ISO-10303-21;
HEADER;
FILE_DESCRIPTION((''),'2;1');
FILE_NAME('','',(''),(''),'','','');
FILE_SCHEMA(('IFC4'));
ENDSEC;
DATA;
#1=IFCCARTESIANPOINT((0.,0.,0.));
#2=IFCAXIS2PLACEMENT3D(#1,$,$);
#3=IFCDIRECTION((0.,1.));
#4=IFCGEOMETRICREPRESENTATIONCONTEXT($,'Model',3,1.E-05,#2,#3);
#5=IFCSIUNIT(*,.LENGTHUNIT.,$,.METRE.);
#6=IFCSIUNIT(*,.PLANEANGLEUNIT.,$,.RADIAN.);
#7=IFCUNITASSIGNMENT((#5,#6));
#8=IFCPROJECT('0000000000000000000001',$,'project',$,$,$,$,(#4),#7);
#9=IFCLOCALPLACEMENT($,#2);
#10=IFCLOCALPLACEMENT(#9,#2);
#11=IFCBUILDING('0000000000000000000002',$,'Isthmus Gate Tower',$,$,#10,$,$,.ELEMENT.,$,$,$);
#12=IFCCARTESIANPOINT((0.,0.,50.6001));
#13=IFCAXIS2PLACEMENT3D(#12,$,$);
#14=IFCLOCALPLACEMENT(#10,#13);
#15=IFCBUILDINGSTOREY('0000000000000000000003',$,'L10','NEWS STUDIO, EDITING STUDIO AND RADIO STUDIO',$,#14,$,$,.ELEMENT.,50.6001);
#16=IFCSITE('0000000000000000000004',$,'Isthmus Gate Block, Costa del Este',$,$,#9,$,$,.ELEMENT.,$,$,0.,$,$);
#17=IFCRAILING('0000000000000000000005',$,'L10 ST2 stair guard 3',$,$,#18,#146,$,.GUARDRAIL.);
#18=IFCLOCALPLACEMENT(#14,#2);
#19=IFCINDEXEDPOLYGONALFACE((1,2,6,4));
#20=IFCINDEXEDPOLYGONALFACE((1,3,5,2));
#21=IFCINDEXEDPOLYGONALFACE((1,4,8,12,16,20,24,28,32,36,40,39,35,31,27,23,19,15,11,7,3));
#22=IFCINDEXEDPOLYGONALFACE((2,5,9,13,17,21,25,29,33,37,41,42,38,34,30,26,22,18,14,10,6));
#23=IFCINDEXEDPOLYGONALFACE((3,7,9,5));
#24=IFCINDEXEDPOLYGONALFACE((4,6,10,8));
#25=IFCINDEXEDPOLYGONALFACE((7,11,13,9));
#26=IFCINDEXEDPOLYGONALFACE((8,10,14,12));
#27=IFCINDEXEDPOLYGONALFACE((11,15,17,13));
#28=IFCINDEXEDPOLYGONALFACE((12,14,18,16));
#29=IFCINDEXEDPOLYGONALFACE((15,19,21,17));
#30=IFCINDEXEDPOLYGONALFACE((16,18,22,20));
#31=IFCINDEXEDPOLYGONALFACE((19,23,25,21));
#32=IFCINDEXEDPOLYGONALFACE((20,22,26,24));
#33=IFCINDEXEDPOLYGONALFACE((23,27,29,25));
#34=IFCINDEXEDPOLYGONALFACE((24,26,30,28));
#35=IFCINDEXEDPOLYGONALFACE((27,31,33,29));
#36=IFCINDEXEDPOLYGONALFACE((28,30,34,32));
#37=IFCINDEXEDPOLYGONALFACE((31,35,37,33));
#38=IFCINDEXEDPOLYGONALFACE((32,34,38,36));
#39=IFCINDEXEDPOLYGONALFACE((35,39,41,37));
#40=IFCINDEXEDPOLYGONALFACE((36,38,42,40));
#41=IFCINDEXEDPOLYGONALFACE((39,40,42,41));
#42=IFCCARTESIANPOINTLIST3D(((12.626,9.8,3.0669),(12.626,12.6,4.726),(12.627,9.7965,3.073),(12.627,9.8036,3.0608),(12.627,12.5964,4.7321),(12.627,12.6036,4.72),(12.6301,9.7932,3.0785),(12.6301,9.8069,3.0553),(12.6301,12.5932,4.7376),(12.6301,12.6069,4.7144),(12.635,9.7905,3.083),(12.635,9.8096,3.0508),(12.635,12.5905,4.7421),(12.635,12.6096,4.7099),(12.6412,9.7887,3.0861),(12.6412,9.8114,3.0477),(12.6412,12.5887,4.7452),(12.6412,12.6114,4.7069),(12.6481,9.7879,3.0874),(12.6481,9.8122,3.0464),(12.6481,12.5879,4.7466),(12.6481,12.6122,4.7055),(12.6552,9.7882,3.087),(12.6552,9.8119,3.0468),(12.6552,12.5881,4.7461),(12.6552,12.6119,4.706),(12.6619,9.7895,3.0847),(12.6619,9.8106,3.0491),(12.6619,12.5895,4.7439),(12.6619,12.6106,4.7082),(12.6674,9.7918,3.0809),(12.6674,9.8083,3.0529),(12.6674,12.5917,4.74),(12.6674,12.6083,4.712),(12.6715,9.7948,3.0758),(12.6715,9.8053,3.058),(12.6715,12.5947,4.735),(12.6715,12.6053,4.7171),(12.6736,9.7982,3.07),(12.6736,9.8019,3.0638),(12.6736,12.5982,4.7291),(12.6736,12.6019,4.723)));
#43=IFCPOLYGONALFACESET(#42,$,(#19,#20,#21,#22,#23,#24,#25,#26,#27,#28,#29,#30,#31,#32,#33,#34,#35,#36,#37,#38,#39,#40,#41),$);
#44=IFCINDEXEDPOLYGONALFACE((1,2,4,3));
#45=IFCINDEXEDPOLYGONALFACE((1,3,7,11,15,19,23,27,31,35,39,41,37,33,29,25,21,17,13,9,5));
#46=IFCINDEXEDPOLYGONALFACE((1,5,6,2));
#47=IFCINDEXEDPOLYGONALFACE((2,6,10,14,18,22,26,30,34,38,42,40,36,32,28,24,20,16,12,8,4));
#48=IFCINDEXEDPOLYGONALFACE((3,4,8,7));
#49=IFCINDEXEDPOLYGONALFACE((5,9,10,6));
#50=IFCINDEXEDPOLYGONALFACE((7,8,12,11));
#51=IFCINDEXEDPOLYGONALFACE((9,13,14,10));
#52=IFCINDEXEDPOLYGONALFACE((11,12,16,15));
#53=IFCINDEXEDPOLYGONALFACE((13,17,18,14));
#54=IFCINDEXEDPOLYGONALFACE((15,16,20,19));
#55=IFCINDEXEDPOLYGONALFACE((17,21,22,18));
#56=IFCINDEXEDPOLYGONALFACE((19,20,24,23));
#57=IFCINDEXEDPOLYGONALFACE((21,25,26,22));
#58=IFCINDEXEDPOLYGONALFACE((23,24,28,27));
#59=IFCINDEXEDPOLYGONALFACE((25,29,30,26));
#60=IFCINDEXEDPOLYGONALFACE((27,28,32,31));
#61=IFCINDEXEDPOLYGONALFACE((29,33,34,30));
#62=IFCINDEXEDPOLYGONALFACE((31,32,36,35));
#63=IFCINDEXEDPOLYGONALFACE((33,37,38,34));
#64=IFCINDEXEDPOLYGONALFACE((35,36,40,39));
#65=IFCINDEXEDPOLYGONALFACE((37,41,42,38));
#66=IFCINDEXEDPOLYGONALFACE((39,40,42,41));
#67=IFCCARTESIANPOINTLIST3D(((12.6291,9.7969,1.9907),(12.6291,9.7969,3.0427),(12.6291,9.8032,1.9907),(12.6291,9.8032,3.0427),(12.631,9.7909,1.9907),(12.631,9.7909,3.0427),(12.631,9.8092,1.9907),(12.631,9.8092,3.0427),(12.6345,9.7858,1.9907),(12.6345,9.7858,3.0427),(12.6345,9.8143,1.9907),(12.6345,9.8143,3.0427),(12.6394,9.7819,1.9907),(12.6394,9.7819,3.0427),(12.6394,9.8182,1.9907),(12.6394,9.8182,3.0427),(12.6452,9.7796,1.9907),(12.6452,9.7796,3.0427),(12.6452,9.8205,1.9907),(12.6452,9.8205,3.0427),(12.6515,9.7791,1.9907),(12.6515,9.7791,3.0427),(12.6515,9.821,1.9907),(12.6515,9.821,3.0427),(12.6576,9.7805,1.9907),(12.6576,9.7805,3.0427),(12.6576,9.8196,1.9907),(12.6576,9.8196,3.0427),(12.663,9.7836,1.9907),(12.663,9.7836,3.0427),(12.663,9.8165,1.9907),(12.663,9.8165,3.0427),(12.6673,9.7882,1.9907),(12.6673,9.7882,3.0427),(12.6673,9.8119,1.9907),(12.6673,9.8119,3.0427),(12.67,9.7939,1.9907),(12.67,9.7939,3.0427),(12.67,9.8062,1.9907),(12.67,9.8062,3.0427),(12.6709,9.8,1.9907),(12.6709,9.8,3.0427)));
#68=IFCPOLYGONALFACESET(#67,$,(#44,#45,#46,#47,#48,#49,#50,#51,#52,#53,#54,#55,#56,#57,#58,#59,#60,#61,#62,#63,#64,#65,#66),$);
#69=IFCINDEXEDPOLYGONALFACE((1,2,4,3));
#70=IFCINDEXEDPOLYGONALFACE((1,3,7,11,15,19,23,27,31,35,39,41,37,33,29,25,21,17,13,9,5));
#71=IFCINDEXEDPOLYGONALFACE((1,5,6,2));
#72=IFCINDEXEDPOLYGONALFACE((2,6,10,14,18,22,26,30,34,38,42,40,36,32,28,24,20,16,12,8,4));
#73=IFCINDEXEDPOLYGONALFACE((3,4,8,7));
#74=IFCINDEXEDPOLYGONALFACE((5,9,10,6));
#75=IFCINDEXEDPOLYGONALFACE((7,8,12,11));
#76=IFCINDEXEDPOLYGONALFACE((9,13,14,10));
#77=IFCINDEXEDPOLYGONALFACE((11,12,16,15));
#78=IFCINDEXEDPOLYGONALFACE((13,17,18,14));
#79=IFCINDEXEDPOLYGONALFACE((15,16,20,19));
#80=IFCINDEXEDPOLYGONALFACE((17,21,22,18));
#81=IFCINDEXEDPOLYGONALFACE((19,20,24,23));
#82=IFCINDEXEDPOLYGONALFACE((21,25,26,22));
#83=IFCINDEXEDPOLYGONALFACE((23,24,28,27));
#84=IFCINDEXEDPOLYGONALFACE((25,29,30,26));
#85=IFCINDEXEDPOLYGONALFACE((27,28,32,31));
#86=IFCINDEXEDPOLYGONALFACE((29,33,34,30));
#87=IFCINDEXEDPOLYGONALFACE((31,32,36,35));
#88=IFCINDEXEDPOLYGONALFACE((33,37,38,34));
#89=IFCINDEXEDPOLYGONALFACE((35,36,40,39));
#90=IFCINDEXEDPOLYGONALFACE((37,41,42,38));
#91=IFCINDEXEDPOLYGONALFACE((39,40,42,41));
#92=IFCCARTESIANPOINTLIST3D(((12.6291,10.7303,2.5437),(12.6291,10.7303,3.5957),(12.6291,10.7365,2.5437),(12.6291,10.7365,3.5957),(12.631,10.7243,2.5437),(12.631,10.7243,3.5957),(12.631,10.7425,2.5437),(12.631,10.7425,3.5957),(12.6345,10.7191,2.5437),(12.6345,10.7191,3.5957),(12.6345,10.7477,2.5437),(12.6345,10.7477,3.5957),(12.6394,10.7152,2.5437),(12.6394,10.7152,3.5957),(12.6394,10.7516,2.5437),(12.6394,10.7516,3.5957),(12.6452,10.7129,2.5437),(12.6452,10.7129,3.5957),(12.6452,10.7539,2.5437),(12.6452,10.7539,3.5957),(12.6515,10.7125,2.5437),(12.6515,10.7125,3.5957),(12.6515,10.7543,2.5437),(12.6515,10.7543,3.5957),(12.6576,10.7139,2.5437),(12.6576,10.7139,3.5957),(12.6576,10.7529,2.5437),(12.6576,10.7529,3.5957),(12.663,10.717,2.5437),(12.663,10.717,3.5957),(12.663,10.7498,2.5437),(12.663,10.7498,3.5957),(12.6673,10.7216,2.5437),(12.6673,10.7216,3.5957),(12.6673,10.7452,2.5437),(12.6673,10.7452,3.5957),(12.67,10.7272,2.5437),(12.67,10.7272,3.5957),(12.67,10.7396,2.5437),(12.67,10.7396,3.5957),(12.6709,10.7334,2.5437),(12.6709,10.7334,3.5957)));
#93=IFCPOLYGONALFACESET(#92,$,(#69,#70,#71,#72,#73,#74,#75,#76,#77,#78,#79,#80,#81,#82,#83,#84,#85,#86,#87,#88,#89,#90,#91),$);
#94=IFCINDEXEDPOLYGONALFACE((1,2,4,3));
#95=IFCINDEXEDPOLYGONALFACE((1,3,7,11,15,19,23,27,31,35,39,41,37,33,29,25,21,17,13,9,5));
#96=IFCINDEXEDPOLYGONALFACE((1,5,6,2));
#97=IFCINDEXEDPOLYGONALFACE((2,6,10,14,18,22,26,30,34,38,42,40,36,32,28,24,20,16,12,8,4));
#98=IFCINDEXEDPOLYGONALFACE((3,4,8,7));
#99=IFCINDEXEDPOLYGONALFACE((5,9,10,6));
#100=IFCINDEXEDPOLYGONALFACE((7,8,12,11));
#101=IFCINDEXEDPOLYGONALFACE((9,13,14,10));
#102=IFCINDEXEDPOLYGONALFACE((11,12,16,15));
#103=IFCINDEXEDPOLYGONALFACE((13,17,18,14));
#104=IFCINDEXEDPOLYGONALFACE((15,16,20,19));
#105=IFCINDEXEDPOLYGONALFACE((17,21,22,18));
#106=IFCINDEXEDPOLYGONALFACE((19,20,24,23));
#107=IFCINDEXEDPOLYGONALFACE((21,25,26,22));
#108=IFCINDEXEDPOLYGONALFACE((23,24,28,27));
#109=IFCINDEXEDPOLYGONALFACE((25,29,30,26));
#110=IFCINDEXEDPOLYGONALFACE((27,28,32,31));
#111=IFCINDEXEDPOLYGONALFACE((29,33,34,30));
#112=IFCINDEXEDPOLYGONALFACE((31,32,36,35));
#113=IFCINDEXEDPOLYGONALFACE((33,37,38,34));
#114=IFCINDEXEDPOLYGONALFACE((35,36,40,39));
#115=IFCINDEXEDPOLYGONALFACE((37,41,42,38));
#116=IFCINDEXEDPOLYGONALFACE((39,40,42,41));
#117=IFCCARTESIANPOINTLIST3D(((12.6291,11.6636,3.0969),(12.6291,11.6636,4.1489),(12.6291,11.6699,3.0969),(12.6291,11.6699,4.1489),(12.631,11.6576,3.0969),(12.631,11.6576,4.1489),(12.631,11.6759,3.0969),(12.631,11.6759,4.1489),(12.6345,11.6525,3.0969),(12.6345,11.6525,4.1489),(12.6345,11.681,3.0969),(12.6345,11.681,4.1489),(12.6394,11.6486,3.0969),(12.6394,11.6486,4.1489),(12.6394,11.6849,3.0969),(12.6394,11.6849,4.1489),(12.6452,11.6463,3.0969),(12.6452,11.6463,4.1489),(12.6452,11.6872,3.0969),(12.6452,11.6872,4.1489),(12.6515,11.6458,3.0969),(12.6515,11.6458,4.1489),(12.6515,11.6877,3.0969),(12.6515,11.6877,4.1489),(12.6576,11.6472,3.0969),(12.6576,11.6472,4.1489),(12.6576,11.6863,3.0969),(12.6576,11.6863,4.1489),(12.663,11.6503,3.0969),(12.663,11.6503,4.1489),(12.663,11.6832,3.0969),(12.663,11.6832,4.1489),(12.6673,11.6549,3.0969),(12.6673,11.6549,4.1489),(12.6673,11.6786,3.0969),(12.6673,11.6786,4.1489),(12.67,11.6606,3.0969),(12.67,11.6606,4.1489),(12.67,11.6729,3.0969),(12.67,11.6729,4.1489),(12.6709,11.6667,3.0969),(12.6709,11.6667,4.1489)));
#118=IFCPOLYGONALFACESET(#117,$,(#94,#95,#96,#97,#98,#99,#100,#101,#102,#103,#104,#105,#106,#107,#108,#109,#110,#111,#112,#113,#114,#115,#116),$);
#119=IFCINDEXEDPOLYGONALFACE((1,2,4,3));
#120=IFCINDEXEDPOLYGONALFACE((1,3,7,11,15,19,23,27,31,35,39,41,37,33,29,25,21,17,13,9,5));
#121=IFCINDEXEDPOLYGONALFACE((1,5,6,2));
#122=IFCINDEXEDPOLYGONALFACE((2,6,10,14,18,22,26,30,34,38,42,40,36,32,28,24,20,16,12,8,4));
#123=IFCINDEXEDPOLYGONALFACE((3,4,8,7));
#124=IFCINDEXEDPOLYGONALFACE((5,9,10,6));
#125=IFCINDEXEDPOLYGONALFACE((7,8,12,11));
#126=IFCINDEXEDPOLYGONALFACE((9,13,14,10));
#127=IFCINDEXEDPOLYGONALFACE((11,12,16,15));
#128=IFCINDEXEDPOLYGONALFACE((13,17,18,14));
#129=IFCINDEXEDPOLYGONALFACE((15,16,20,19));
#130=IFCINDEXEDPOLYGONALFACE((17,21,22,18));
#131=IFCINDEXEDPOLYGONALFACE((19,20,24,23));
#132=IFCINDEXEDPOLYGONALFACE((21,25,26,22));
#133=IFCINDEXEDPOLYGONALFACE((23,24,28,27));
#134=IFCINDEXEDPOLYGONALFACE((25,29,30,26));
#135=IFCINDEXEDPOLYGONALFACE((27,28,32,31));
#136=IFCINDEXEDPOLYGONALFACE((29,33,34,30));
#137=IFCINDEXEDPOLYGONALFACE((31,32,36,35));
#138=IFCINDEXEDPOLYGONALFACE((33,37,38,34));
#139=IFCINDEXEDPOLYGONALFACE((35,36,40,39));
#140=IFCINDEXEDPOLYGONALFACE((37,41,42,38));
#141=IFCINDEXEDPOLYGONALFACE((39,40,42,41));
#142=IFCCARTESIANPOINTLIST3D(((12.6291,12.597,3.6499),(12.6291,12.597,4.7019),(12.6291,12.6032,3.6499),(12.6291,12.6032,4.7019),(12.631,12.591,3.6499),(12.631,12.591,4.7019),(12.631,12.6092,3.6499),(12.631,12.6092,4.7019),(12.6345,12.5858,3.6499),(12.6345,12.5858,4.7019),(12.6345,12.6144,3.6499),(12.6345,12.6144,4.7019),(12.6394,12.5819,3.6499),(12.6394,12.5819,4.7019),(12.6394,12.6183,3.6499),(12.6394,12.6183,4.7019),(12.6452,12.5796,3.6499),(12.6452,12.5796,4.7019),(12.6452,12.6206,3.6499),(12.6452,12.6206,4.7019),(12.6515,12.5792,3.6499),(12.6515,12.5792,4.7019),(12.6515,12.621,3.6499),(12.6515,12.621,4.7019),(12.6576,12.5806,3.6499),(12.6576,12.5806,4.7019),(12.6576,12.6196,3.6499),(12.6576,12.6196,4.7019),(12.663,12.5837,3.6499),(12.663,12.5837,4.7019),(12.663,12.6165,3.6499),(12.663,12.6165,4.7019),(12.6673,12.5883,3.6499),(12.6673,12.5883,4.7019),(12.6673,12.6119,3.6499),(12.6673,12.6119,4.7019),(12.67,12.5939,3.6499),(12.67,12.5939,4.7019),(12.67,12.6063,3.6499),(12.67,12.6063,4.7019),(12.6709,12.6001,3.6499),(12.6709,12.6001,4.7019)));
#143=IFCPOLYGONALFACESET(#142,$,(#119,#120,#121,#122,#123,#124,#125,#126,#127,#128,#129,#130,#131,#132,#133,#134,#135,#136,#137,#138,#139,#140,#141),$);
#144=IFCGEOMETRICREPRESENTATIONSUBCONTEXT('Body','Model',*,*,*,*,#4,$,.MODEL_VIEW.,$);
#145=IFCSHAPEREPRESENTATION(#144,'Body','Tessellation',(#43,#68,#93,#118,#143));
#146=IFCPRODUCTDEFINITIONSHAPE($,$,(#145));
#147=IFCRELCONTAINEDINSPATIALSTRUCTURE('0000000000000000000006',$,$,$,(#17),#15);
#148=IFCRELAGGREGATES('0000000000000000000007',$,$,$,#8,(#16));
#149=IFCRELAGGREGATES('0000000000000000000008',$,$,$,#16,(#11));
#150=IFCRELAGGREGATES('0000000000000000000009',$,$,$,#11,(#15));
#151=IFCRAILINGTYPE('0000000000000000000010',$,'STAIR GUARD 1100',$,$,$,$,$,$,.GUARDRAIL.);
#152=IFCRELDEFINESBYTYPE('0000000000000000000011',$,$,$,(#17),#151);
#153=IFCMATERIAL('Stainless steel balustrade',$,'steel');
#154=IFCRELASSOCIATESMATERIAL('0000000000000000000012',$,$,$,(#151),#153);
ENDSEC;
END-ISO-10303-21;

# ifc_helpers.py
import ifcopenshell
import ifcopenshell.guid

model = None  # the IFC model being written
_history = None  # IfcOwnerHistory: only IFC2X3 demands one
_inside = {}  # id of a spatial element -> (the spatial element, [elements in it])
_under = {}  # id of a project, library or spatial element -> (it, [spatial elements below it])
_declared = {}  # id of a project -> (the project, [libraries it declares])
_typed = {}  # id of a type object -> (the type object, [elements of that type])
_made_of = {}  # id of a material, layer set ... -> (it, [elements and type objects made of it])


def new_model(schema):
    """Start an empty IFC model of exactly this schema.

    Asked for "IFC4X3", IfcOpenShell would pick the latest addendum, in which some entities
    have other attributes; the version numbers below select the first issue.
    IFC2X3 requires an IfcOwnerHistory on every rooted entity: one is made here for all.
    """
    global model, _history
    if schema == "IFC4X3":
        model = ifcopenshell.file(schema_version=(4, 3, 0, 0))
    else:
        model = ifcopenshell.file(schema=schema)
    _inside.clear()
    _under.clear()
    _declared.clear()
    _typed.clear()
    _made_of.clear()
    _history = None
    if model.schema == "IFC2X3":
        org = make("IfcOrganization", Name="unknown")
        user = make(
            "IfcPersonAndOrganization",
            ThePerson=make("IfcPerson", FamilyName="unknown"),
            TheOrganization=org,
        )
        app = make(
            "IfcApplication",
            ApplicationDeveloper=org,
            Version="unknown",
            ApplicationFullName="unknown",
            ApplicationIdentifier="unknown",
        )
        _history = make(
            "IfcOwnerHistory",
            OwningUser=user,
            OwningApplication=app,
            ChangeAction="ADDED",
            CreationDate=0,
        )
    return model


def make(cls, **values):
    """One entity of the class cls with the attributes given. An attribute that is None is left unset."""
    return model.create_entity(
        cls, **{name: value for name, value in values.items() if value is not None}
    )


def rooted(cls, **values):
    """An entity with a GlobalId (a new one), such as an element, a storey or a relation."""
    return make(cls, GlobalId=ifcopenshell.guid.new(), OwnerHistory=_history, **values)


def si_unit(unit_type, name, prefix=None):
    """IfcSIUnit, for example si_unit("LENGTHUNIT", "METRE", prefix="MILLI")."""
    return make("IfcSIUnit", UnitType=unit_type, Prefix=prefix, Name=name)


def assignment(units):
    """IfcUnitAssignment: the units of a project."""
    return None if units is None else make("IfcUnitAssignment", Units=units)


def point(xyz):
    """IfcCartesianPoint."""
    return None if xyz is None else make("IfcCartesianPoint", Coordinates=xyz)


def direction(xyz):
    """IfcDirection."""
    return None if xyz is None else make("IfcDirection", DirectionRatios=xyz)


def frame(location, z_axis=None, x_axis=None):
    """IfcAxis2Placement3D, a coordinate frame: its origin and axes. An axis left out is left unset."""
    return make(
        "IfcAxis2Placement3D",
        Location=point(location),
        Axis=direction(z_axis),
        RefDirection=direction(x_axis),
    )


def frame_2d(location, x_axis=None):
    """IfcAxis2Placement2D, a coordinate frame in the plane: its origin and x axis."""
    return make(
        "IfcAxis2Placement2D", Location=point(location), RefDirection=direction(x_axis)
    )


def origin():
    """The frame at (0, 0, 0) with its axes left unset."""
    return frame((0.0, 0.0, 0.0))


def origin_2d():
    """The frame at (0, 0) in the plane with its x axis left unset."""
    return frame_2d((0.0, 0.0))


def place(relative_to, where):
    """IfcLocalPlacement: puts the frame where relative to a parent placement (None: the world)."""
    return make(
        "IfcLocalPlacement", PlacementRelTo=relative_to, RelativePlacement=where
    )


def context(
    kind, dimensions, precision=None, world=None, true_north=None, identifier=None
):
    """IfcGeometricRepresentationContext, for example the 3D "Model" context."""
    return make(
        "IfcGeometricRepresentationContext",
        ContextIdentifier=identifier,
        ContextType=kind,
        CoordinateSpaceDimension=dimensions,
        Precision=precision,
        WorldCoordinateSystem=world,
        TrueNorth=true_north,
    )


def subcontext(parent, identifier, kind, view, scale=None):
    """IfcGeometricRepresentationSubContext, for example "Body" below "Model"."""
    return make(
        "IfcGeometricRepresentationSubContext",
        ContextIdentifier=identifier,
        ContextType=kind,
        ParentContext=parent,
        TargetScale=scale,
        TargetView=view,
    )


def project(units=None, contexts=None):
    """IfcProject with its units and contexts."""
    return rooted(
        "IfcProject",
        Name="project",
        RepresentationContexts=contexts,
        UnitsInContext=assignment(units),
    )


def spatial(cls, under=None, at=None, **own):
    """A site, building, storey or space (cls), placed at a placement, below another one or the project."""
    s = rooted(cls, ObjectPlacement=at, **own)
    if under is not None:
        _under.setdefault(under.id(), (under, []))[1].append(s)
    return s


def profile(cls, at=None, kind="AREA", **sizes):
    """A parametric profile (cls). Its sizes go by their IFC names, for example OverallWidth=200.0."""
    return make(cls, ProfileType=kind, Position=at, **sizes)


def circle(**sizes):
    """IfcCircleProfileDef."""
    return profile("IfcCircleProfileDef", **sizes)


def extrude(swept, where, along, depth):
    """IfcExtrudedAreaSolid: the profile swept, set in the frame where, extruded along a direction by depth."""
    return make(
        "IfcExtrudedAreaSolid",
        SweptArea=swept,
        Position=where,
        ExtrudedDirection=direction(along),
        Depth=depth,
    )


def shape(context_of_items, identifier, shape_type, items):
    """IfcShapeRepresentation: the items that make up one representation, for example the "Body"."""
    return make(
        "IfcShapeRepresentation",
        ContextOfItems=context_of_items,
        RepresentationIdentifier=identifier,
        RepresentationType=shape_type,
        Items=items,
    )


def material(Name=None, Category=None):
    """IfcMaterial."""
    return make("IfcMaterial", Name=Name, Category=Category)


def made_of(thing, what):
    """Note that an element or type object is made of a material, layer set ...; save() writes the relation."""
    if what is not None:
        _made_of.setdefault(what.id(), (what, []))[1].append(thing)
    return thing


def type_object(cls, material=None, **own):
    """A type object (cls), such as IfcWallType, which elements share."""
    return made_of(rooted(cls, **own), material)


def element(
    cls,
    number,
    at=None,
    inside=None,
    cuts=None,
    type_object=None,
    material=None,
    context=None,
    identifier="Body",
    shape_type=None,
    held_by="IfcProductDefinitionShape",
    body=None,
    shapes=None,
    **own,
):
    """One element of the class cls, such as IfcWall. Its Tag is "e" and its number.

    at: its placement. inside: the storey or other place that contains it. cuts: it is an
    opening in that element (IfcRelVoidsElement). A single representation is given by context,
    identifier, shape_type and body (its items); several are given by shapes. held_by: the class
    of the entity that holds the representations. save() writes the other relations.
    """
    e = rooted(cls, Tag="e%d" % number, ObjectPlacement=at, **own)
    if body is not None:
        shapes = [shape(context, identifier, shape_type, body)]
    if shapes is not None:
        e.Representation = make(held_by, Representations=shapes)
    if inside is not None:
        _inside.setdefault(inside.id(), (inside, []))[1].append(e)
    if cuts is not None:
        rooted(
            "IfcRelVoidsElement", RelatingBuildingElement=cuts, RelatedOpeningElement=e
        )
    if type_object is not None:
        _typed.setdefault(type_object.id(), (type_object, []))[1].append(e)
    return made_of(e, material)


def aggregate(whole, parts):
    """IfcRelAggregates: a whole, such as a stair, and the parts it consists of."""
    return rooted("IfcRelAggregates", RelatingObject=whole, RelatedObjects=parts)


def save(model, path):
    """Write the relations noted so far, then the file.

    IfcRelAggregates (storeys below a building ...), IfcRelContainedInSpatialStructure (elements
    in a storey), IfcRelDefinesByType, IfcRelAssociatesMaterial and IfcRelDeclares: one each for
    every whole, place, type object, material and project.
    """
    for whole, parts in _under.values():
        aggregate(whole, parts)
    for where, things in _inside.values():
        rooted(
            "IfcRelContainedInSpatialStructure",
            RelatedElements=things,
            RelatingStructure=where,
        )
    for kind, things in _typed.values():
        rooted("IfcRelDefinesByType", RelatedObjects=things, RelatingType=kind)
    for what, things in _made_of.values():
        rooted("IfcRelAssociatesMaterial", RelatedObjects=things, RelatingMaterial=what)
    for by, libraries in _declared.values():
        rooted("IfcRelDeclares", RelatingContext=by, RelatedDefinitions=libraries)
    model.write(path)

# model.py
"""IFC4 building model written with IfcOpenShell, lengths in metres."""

from ifc_helpers import new_model, si_unit, direction, frame, origin, origin_2d, place, context, subcontext, project, spatial, circle, extrude, material, type_object, element, save


model = new_model("IFC4")

# Units and contexts
model_context = context("Model", 3, precision=1e-05, world=origin(), true_north=direction((0.0, 1.0)))
body_context = subcontext(model_context, "Body", "Model", "MODEL_VIEW")
ifc_project = project(units=[si_unit("LENGTHUNIT", "METRE"), si_unit("PLANEANGLEUNIT", "RADIAN")], contexts=[model_context])

# Site, building, storey
site_placement = place(None, origin())
site = spatial("IfcSite", under=ifc_project, at=site_placement, Name="Isthmus Gate Block, Costa del Este", CompositionType="ELEMENT", RefElevation=0.0)
building_placement = place(site_placement, origin())
building = spatial("IfcBuilding", under=site, at=building_placement, Name="Isthmus Gate Tower", CompositionType="ELEMENT")
storey_placement = place(building_placement, frame((0.0, 0.0, 50.6001)))
storey = spatial("IfcBuildingStorey", under=building, at=storey_placement, Name="L10", Description="NEWS STUDIO, EDITING STUDIO AND RADIO STUDIO", CompositionType="ELEMENT", Elevation=50.6001)

# Railing
ifc_material_1 = material(Name="Stainless steel balustrade", Category="steel")
railing_type_1 = type_object("IfcRailingType", Name="STAIR GUARD 1100", PredefinedType="GUARDRAIL", material=ifc_material_1)
railing_1_placement = place(storey_placement, frame((12.6499, 9.8, 1.9907)))
element("IfcRailing", 1, at=railing_1_placement, inside=storey, type_object=railing_type_1, Name="L10 ST2 stair guard 3", PredefinedType="GUARDRAIL", context=body_context, shape_type="SweptSolid", body=[
    extrude(circle(Radius=0.0239, at=origin_2d()), frame((0.0, 0.0, 1.0762), z_axis=(0.0, 0.860306, 0.509778), x_axis=(-1.0, 0.0, 0.0)), (0.0, 0.0, 1.0), 3.2546),
    extrude(circle(Radius=0.021, at=origin_2d()), origin(), (0.0, 0.0, 1.0), 1.052),
    extrude(circle(Radius=0.021, at=origin_2d()), frame((0.0, 0.9333, 0.553)), (0.0, 0.0, 1.0), 1.052),
    extrude(circle(Radius=0.021, at=origin_2d()), frame((0.0, 1.8667, 1.1062)), (0.0, 0.0, 1.0), 1.052),
    extrude(circle(Radius=0.021, at=origin_2d()), frame((0.0, 2.8, 1.6592)), (0.0, 0.0, 1.0), 1.052),
])

save(model, "model.ifc")
